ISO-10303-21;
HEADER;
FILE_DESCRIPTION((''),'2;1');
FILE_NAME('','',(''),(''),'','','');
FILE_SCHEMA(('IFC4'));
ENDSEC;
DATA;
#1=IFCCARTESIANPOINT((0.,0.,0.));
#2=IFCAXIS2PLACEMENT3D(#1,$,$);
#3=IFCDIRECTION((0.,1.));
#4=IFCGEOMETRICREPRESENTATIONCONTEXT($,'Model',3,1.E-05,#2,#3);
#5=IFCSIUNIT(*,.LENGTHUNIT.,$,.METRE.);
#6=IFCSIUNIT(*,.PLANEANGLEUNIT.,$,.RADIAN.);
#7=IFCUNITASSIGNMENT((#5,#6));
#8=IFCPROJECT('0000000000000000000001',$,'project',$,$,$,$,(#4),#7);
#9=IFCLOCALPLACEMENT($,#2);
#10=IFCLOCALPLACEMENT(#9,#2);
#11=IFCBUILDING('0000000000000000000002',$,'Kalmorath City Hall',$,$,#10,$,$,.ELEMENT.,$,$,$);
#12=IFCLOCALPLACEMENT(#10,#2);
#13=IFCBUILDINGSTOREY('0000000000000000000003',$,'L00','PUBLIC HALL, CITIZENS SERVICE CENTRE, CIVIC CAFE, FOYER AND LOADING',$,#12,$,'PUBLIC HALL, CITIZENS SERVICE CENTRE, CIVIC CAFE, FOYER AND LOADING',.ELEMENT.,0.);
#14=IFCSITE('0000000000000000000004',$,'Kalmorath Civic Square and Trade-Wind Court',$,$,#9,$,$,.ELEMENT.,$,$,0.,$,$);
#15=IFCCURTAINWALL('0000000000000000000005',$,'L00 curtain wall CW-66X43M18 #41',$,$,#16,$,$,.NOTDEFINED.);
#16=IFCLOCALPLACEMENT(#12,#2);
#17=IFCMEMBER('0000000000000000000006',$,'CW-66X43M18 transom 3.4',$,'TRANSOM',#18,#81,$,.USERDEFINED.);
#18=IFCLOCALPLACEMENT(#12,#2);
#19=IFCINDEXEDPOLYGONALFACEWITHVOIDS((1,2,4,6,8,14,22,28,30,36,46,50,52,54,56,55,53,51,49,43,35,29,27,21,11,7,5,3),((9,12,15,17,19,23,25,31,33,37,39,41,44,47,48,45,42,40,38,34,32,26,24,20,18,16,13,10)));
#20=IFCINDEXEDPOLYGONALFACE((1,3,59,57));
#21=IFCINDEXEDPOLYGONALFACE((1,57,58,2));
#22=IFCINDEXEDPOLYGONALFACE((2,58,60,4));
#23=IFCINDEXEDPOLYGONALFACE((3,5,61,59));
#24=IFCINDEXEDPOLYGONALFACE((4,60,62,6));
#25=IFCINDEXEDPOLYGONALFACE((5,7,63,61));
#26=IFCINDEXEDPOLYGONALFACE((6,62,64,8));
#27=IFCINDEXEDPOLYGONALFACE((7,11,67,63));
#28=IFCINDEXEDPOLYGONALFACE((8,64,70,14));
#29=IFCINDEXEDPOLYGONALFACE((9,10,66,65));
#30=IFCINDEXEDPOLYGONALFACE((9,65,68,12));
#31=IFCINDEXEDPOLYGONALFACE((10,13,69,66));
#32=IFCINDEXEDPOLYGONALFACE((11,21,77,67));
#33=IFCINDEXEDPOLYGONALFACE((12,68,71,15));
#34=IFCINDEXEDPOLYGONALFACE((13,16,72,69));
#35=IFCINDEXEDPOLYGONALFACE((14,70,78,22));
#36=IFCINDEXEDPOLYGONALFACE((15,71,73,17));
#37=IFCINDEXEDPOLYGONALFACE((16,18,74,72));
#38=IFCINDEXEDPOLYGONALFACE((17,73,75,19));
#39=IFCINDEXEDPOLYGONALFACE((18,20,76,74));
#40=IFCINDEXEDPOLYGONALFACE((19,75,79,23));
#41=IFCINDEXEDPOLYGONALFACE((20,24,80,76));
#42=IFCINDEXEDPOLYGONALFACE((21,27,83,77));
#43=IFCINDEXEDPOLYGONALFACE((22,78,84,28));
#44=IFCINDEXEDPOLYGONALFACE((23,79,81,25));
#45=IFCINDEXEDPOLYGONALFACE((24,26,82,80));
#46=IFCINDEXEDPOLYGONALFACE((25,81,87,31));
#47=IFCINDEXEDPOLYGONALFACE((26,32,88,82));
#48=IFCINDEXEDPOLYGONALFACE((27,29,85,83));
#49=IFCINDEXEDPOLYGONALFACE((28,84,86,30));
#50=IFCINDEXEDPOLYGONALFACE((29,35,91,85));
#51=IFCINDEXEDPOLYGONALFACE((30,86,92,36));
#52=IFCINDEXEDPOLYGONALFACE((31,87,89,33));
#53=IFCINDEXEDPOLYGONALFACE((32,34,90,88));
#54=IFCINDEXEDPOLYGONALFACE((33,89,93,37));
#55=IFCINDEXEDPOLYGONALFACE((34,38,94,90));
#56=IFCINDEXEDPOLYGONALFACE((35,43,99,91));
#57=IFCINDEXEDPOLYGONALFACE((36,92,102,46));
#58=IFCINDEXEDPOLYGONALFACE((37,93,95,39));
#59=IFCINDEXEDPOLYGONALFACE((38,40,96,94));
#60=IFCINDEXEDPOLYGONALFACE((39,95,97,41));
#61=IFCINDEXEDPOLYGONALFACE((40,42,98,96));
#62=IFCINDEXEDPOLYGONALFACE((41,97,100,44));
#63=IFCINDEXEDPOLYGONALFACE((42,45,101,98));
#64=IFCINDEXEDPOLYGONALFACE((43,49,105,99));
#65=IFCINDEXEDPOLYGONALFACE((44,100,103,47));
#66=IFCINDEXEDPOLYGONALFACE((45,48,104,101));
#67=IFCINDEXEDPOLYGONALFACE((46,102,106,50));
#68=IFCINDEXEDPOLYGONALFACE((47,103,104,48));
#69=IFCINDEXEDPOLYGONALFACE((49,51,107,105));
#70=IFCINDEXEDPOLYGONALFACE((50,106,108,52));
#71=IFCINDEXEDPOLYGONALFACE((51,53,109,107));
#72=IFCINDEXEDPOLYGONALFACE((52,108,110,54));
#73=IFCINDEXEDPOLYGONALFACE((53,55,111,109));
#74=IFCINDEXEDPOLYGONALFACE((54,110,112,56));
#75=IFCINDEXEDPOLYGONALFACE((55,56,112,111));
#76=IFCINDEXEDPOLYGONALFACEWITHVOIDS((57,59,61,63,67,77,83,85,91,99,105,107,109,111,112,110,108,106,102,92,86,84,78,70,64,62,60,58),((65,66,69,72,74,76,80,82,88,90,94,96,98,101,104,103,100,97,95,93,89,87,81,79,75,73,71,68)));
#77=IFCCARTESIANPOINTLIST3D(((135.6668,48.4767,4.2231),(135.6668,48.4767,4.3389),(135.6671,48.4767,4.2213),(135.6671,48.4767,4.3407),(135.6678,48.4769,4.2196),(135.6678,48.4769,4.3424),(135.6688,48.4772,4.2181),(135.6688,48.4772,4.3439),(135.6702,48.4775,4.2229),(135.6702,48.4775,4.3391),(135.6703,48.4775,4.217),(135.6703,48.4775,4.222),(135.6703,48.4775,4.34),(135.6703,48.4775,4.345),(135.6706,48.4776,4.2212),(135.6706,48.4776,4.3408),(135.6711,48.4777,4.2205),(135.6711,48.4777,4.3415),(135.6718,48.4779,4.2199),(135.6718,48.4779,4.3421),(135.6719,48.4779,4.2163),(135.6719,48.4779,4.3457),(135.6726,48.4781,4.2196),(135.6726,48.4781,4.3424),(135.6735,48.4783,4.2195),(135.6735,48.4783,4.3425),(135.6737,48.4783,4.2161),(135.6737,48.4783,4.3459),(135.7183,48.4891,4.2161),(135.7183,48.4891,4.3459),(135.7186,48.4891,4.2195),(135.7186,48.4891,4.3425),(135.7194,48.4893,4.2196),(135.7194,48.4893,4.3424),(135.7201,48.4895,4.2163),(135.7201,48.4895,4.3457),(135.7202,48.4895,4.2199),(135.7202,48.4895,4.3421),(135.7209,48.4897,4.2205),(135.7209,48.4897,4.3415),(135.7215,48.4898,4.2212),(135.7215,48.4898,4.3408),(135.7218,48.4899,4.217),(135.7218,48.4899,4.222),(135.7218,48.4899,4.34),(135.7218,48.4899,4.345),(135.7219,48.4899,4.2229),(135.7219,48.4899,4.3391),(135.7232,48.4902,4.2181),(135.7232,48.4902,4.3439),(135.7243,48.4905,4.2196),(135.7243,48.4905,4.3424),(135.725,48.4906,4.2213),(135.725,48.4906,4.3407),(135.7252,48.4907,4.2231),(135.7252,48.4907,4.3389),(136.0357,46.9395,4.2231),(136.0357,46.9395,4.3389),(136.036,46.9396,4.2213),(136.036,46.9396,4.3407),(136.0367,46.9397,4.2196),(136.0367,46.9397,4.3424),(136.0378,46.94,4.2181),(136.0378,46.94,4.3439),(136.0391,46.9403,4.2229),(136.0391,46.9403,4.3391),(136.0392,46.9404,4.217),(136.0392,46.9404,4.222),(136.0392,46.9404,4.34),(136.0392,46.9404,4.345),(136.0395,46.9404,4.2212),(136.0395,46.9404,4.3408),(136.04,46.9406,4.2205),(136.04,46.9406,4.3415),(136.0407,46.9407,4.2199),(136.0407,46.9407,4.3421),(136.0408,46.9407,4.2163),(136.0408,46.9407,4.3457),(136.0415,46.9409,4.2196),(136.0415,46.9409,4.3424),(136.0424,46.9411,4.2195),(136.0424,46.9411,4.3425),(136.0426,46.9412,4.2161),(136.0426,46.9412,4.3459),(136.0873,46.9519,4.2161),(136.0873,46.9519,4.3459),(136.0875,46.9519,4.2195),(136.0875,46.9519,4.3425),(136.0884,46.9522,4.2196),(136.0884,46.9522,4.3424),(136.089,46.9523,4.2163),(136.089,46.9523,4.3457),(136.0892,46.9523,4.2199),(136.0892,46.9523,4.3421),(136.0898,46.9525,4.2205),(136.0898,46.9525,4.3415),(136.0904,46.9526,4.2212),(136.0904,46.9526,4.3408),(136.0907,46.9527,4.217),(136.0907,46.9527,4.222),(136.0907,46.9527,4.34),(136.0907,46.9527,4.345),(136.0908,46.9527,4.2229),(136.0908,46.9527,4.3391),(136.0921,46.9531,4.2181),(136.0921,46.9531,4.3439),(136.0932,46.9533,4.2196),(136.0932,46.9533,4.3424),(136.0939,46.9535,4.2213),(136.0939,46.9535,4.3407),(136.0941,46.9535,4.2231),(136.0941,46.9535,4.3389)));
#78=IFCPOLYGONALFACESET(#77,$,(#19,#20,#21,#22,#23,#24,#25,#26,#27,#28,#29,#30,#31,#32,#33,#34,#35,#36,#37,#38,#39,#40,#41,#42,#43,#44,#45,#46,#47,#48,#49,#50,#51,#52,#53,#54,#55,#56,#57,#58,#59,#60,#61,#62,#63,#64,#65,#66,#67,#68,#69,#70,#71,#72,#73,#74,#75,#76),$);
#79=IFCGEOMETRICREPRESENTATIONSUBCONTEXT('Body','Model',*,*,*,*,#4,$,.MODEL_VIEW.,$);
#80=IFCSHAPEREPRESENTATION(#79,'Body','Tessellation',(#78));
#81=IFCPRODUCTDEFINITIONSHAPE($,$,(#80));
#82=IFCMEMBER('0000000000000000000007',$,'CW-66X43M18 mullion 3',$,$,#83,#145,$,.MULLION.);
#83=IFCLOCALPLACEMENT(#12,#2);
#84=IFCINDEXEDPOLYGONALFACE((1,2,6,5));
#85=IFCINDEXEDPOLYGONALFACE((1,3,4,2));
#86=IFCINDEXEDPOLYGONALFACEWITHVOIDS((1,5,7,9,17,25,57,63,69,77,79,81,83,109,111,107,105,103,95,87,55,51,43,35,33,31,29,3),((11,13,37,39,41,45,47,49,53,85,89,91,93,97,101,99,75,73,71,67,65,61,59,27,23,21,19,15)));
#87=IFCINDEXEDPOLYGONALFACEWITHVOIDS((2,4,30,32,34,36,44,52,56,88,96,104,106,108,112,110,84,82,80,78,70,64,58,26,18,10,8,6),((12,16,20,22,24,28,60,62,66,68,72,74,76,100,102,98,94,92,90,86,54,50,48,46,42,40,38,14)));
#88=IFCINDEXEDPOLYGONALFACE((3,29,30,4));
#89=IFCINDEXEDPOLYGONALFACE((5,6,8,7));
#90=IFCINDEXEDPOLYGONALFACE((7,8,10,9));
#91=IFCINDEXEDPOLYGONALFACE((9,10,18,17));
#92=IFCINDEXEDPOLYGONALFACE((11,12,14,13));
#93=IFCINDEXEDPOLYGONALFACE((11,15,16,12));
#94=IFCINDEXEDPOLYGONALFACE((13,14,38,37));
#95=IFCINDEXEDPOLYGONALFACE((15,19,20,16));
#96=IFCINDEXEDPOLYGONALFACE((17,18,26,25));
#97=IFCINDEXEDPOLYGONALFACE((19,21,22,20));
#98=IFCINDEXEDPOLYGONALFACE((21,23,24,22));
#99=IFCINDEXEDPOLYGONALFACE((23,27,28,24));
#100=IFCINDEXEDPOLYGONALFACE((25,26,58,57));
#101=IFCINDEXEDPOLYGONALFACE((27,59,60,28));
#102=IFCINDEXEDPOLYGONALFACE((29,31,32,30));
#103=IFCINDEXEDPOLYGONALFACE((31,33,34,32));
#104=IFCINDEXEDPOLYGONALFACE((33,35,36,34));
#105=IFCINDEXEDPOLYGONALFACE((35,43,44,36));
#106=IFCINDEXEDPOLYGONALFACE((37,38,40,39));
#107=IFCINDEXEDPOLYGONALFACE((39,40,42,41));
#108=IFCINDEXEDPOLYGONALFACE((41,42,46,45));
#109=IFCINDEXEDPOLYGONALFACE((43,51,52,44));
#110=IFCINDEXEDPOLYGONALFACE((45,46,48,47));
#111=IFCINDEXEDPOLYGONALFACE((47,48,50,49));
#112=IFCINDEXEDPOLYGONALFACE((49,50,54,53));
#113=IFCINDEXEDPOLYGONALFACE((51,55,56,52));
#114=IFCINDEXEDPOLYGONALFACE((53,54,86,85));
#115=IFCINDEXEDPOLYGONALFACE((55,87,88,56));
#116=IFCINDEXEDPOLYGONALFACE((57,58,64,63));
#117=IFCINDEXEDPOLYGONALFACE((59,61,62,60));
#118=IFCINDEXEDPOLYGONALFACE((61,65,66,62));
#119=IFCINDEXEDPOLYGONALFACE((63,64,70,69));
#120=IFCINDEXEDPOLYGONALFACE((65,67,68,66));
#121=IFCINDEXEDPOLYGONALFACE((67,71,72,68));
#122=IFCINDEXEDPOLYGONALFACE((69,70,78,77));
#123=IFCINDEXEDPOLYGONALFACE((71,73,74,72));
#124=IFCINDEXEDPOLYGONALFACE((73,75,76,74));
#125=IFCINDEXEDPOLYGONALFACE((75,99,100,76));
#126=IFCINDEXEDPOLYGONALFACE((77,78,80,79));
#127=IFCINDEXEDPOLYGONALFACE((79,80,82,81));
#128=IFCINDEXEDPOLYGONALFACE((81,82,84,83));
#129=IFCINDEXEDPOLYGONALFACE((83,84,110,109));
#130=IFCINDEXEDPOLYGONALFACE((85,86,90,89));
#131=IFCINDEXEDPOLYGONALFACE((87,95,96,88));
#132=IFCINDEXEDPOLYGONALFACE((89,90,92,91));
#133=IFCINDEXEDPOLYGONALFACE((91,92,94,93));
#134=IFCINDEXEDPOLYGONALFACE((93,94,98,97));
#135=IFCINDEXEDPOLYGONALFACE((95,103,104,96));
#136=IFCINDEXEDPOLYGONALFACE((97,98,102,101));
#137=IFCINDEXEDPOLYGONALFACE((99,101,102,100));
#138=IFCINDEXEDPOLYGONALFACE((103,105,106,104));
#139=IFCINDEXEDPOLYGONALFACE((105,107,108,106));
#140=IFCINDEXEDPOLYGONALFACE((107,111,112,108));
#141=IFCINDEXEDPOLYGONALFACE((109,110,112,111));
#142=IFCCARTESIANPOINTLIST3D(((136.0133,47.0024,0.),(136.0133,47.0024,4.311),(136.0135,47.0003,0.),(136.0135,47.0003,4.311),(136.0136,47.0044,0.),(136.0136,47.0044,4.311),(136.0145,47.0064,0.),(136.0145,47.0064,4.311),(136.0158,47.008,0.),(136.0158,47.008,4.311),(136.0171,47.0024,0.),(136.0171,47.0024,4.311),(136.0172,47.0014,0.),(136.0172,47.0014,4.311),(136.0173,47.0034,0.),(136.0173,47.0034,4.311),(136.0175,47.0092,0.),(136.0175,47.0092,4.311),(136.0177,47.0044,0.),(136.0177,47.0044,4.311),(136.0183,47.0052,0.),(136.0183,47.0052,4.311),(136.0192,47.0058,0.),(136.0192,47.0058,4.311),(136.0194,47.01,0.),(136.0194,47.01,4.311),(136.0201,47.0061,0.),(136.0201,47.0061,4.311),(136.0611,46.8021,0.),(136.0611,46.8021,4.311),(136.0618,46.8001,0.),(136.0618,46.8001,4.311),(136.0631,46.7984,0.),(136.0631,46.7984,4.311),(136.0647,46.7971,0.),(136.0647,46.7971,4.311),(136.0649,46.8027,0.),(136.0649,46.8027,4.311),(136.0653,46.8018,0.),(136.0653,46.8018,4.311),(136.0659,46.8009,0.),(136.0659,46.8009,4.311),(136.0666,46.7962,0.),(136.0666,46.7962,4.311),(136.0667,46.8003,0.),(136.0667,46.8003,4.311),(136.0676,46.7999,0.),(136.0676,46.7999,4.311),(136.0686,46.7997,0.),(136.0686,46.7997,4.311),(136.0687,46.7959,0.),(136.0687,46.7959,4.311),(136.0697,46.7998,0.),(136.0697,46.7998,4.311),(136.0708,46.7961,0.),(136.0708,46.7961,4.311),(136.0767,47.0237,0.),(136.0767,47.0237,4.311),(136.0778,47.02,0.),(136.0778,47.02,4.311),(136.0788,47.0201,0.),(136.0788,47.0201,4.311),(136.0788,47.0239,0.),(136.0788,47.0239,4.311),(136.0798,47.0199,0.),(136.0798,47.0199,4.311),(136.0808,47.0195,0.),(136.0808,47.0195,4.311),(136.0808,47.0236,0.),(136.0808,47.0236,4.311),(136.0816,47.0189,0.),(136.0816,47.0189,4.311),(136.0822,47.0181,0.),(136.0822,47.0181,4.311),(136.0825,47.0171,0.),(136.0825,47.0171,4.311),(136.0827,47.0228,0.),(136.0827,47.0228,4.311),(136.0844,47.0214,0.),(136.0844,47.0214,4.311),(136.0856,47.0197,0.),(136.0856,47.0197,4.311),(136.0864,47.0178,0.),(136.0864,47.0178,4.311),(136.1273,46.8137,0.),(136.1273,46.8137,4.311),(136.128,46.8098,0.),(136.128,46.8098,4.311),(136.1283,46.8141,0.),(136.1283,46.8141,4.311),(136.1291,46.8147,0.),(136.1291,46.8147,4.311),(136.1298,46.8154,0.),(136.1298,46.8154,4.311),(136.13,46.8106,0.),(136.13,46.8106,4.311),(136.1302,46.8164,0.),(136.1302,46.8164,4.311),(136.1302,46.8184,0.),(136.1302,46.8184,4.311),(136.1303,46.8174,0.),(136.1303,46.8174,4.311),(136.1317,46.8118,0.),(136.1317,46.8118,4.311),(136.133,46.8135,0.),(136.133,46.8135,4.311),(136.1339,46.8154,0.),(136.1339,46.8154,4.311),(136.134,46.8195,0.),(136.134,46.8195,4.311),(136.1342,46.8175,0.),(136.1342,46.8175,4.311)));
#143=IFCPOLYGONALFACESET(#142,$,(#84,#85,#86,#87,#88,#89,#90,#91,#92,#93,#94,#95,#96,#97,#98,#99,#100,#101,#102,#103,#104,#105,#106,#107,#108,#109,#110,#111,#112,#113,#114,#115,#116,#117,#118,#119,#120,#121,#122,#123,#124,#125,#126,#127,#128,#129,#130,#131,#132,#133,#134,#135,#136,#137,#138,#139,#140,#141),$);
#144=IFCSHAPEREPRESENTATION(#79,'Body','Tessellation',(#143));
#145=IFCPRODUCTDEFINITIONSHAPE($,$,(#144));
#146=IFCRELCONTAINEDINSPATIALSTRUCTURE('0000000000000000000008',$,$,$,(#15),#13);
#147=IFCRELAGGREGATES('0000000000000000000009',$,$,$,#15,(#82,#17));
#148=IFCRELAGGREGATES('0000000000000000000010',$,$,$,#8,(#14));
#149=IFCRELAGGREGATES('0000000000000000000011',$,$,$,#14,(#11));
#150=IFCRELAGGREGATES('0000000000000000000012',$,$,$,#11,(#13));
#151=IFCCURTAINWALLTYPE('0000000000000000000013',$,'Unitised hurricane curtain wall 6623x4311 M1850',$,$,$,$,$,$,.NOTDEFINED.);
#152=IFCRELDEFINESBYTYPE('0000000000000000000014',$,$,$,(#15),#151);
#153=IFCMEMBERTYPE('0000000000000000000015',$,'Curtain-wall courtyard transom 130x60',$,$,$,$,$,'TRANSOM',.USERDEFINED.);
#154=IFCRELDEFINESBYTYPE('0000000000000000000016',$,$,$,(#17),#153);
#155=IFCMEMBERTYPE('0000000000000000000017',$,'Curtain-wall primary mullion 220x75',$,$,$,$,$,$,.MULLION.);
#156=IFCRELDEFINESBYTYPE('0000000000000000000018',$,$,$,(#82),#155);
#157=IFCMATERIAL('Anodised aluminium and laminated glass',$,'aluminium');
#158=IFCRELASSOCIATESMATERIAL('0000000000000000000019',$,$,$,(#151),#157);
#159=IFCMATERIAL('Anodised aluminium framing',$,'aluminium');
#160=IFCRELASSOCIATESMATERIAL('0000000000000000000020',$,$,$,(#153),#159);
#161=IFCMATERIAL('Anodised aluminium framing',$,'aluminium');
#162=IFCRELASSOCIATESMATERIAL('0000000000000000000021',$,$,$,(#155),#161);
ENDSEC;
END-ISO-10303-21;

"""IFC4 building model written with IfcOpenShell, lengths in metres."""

from ifc_helpers import new_model, si_unit, direction, frame, origin, origin_2d, place, context, subcontext, project, spatial, hollow_rectangle, extrude, material, material_profile, profile_set, type_object, element, aggregate, save


model = new_model("IFC4")

# Units and contexts
model_context = context("Model", 3, precision=1e-05, world=origin(), true_north=direction((0.0, 1.0)))
body_context = subcontext(model_context, "Body", "Model", "MODEL_VIEW")
ifc_project = project(units=[si_unit("LENGTHUNIT", "METRE"), si_unit("PLANEANGLEUNIT", "RADIAN")], contexts=[model_context])

# Site, building, storey
site_placement = place(None, origin())
site = spatial("IfcSite", under=ifc_project, at=site_placement, Name="Kalmorath Civic Square and Trade-Wind Court", CompositionType="ELEMENT", RefElevation=0.0)
building_placement = place(site_placement, origin())
building = spatial("IfcBuilding", under=site, at=building_placement, Name="Kalmorath City Hall", CompositionType="ELEMENT")
storey_placement = place(building_placement, origin())
storey = spatial("IfcBuildingStorey", under=building, at=storey_placement, Name="L00", Description="PUBLIC HALL, CITIZENS SERVICE CENTRE, CIVIC CAFE, FOYER AND LOADING", LongName="PUBLIC HALL, CITIZENS SERVICE CENTRE, CIVIC CAFE, FOYER AND LOADING", CompositionType="ELEMENT", Elevation=0.0)

# Curtain wall, members
ifc_material_1 = material(Name="Anodised aluminium and laminated glass", Category="aluminium")
curtain_wall_type = type_object("IfcCurtainWallType", Name="Unitised hurricane curtain wall 6623x4311 M1850", PredefinedType="NOTDEFINED", material=ifc_material_1)
curtain_wall_placement = place(storey_placement, origin())
curtain_wall = element("IfcCurtainWall", 1, at=curtain_wall_placement, inside=storey, type_object=curtain_wall_type, Name="L00 curtain wall CW-66X43M18 #41", PredefinedType="NOTDEFINED")
ifc_material_2 = material(Name="Anodised aluminium framing", Category="aluminium")
ifc_material_profile_1 = material_profile(ifc_material_2, hollow_rectangle(XDim=0.0601, YDim=0.1299, WallThickness=0.0034, InnerFilletRadius=0.0034, OuterFilletRadius=0.0071, at=origin_2d()), Name="ALU-TRN-130X60X3.5")
ifc_profile_set_1 = profile_set([ifc_material_profile_1], Name="Anodised aluminium framing")
member_type_1 = type_object("IfcMemberType", Name="Curtain-wall courtyard transom 130x60", ElementType="TRANSOM", PredefinedType="USERDEFINED", material=ifc_profile_set_1)
member_1_placement = place(storey_placement, frame((136.0649, 46.9465, 4.281), z_axis=(-0.233367, 0.972389, 0.0), x_axis=(-0.972389, -0.233367, 0.0)))
member_1 = element("IfcMember", 2, at=member_1_placement, type_object=member_type_1, Name="CW-66X43M18 transom 3.4", ObjectType="TRANSOM", PredefinedType="USERDEFINED", context=body_context, shape_type="SweptSolid", body=[
    extrude(hollow_rectangle(XDim=0.0601, YDim=0.1299, WallThickness=0.0034, InnerFilletRadius=0.0034, OuterFilletRadius=0.0071, at=origin_2d()), origin(), (0.0, 0.0, 1.0), 1.5808),
])
ifc_material_3 = material(Name="Anodised aluminium framing", Category="aluminium")
ifc_material_profile_2 = material_profile(ifc_material_3, hollow_rectangle(XDim=0.075, YDim=0.22, WallThickness=0.0039, InnerFilletRadius=0.0039, OuterFilletRadius=0.0081, at=origin_2d()), Name="ALU-MUL-220X75X4")
ifc_profile_set_2 = profile_set([ifc_material_profile_2], Name="Anodised aluminium framing")
member_type_2 = type_object("IfcMemberType", Name="Curtain-wall primary mullion 220x75", PredefinedType="MULLION", material=ifc_profile_set_2)
member_2_placement = place(storey_placement, frame((136.0737, 46.9099, 0.0), z_axis=(0.0, 0.0, 1.0), x_axis=(-0.972367, -0.233459, 0.0)))
member_2 = element("IfcMember", 3, at=member_2_placement, type_object=member_type_2, Name="CW-66X43M18 mullion 3", PredefinedType="MULLION", context=body_context, shape_type="SweptSolid", body=[
    extrude(hollow_rectangle(XDim=0.075, YDim=0.22, WallThickness=0.0039, InnerFilletRadius=0.0039, OuterFilletRadius=0.0081, at=origin_2d()), origin(), (0.0, 0.0, 1.0), 4.311),
])

aggregate(curtain_wall, [member_2, member_1])

save(model, "model.ifc")
